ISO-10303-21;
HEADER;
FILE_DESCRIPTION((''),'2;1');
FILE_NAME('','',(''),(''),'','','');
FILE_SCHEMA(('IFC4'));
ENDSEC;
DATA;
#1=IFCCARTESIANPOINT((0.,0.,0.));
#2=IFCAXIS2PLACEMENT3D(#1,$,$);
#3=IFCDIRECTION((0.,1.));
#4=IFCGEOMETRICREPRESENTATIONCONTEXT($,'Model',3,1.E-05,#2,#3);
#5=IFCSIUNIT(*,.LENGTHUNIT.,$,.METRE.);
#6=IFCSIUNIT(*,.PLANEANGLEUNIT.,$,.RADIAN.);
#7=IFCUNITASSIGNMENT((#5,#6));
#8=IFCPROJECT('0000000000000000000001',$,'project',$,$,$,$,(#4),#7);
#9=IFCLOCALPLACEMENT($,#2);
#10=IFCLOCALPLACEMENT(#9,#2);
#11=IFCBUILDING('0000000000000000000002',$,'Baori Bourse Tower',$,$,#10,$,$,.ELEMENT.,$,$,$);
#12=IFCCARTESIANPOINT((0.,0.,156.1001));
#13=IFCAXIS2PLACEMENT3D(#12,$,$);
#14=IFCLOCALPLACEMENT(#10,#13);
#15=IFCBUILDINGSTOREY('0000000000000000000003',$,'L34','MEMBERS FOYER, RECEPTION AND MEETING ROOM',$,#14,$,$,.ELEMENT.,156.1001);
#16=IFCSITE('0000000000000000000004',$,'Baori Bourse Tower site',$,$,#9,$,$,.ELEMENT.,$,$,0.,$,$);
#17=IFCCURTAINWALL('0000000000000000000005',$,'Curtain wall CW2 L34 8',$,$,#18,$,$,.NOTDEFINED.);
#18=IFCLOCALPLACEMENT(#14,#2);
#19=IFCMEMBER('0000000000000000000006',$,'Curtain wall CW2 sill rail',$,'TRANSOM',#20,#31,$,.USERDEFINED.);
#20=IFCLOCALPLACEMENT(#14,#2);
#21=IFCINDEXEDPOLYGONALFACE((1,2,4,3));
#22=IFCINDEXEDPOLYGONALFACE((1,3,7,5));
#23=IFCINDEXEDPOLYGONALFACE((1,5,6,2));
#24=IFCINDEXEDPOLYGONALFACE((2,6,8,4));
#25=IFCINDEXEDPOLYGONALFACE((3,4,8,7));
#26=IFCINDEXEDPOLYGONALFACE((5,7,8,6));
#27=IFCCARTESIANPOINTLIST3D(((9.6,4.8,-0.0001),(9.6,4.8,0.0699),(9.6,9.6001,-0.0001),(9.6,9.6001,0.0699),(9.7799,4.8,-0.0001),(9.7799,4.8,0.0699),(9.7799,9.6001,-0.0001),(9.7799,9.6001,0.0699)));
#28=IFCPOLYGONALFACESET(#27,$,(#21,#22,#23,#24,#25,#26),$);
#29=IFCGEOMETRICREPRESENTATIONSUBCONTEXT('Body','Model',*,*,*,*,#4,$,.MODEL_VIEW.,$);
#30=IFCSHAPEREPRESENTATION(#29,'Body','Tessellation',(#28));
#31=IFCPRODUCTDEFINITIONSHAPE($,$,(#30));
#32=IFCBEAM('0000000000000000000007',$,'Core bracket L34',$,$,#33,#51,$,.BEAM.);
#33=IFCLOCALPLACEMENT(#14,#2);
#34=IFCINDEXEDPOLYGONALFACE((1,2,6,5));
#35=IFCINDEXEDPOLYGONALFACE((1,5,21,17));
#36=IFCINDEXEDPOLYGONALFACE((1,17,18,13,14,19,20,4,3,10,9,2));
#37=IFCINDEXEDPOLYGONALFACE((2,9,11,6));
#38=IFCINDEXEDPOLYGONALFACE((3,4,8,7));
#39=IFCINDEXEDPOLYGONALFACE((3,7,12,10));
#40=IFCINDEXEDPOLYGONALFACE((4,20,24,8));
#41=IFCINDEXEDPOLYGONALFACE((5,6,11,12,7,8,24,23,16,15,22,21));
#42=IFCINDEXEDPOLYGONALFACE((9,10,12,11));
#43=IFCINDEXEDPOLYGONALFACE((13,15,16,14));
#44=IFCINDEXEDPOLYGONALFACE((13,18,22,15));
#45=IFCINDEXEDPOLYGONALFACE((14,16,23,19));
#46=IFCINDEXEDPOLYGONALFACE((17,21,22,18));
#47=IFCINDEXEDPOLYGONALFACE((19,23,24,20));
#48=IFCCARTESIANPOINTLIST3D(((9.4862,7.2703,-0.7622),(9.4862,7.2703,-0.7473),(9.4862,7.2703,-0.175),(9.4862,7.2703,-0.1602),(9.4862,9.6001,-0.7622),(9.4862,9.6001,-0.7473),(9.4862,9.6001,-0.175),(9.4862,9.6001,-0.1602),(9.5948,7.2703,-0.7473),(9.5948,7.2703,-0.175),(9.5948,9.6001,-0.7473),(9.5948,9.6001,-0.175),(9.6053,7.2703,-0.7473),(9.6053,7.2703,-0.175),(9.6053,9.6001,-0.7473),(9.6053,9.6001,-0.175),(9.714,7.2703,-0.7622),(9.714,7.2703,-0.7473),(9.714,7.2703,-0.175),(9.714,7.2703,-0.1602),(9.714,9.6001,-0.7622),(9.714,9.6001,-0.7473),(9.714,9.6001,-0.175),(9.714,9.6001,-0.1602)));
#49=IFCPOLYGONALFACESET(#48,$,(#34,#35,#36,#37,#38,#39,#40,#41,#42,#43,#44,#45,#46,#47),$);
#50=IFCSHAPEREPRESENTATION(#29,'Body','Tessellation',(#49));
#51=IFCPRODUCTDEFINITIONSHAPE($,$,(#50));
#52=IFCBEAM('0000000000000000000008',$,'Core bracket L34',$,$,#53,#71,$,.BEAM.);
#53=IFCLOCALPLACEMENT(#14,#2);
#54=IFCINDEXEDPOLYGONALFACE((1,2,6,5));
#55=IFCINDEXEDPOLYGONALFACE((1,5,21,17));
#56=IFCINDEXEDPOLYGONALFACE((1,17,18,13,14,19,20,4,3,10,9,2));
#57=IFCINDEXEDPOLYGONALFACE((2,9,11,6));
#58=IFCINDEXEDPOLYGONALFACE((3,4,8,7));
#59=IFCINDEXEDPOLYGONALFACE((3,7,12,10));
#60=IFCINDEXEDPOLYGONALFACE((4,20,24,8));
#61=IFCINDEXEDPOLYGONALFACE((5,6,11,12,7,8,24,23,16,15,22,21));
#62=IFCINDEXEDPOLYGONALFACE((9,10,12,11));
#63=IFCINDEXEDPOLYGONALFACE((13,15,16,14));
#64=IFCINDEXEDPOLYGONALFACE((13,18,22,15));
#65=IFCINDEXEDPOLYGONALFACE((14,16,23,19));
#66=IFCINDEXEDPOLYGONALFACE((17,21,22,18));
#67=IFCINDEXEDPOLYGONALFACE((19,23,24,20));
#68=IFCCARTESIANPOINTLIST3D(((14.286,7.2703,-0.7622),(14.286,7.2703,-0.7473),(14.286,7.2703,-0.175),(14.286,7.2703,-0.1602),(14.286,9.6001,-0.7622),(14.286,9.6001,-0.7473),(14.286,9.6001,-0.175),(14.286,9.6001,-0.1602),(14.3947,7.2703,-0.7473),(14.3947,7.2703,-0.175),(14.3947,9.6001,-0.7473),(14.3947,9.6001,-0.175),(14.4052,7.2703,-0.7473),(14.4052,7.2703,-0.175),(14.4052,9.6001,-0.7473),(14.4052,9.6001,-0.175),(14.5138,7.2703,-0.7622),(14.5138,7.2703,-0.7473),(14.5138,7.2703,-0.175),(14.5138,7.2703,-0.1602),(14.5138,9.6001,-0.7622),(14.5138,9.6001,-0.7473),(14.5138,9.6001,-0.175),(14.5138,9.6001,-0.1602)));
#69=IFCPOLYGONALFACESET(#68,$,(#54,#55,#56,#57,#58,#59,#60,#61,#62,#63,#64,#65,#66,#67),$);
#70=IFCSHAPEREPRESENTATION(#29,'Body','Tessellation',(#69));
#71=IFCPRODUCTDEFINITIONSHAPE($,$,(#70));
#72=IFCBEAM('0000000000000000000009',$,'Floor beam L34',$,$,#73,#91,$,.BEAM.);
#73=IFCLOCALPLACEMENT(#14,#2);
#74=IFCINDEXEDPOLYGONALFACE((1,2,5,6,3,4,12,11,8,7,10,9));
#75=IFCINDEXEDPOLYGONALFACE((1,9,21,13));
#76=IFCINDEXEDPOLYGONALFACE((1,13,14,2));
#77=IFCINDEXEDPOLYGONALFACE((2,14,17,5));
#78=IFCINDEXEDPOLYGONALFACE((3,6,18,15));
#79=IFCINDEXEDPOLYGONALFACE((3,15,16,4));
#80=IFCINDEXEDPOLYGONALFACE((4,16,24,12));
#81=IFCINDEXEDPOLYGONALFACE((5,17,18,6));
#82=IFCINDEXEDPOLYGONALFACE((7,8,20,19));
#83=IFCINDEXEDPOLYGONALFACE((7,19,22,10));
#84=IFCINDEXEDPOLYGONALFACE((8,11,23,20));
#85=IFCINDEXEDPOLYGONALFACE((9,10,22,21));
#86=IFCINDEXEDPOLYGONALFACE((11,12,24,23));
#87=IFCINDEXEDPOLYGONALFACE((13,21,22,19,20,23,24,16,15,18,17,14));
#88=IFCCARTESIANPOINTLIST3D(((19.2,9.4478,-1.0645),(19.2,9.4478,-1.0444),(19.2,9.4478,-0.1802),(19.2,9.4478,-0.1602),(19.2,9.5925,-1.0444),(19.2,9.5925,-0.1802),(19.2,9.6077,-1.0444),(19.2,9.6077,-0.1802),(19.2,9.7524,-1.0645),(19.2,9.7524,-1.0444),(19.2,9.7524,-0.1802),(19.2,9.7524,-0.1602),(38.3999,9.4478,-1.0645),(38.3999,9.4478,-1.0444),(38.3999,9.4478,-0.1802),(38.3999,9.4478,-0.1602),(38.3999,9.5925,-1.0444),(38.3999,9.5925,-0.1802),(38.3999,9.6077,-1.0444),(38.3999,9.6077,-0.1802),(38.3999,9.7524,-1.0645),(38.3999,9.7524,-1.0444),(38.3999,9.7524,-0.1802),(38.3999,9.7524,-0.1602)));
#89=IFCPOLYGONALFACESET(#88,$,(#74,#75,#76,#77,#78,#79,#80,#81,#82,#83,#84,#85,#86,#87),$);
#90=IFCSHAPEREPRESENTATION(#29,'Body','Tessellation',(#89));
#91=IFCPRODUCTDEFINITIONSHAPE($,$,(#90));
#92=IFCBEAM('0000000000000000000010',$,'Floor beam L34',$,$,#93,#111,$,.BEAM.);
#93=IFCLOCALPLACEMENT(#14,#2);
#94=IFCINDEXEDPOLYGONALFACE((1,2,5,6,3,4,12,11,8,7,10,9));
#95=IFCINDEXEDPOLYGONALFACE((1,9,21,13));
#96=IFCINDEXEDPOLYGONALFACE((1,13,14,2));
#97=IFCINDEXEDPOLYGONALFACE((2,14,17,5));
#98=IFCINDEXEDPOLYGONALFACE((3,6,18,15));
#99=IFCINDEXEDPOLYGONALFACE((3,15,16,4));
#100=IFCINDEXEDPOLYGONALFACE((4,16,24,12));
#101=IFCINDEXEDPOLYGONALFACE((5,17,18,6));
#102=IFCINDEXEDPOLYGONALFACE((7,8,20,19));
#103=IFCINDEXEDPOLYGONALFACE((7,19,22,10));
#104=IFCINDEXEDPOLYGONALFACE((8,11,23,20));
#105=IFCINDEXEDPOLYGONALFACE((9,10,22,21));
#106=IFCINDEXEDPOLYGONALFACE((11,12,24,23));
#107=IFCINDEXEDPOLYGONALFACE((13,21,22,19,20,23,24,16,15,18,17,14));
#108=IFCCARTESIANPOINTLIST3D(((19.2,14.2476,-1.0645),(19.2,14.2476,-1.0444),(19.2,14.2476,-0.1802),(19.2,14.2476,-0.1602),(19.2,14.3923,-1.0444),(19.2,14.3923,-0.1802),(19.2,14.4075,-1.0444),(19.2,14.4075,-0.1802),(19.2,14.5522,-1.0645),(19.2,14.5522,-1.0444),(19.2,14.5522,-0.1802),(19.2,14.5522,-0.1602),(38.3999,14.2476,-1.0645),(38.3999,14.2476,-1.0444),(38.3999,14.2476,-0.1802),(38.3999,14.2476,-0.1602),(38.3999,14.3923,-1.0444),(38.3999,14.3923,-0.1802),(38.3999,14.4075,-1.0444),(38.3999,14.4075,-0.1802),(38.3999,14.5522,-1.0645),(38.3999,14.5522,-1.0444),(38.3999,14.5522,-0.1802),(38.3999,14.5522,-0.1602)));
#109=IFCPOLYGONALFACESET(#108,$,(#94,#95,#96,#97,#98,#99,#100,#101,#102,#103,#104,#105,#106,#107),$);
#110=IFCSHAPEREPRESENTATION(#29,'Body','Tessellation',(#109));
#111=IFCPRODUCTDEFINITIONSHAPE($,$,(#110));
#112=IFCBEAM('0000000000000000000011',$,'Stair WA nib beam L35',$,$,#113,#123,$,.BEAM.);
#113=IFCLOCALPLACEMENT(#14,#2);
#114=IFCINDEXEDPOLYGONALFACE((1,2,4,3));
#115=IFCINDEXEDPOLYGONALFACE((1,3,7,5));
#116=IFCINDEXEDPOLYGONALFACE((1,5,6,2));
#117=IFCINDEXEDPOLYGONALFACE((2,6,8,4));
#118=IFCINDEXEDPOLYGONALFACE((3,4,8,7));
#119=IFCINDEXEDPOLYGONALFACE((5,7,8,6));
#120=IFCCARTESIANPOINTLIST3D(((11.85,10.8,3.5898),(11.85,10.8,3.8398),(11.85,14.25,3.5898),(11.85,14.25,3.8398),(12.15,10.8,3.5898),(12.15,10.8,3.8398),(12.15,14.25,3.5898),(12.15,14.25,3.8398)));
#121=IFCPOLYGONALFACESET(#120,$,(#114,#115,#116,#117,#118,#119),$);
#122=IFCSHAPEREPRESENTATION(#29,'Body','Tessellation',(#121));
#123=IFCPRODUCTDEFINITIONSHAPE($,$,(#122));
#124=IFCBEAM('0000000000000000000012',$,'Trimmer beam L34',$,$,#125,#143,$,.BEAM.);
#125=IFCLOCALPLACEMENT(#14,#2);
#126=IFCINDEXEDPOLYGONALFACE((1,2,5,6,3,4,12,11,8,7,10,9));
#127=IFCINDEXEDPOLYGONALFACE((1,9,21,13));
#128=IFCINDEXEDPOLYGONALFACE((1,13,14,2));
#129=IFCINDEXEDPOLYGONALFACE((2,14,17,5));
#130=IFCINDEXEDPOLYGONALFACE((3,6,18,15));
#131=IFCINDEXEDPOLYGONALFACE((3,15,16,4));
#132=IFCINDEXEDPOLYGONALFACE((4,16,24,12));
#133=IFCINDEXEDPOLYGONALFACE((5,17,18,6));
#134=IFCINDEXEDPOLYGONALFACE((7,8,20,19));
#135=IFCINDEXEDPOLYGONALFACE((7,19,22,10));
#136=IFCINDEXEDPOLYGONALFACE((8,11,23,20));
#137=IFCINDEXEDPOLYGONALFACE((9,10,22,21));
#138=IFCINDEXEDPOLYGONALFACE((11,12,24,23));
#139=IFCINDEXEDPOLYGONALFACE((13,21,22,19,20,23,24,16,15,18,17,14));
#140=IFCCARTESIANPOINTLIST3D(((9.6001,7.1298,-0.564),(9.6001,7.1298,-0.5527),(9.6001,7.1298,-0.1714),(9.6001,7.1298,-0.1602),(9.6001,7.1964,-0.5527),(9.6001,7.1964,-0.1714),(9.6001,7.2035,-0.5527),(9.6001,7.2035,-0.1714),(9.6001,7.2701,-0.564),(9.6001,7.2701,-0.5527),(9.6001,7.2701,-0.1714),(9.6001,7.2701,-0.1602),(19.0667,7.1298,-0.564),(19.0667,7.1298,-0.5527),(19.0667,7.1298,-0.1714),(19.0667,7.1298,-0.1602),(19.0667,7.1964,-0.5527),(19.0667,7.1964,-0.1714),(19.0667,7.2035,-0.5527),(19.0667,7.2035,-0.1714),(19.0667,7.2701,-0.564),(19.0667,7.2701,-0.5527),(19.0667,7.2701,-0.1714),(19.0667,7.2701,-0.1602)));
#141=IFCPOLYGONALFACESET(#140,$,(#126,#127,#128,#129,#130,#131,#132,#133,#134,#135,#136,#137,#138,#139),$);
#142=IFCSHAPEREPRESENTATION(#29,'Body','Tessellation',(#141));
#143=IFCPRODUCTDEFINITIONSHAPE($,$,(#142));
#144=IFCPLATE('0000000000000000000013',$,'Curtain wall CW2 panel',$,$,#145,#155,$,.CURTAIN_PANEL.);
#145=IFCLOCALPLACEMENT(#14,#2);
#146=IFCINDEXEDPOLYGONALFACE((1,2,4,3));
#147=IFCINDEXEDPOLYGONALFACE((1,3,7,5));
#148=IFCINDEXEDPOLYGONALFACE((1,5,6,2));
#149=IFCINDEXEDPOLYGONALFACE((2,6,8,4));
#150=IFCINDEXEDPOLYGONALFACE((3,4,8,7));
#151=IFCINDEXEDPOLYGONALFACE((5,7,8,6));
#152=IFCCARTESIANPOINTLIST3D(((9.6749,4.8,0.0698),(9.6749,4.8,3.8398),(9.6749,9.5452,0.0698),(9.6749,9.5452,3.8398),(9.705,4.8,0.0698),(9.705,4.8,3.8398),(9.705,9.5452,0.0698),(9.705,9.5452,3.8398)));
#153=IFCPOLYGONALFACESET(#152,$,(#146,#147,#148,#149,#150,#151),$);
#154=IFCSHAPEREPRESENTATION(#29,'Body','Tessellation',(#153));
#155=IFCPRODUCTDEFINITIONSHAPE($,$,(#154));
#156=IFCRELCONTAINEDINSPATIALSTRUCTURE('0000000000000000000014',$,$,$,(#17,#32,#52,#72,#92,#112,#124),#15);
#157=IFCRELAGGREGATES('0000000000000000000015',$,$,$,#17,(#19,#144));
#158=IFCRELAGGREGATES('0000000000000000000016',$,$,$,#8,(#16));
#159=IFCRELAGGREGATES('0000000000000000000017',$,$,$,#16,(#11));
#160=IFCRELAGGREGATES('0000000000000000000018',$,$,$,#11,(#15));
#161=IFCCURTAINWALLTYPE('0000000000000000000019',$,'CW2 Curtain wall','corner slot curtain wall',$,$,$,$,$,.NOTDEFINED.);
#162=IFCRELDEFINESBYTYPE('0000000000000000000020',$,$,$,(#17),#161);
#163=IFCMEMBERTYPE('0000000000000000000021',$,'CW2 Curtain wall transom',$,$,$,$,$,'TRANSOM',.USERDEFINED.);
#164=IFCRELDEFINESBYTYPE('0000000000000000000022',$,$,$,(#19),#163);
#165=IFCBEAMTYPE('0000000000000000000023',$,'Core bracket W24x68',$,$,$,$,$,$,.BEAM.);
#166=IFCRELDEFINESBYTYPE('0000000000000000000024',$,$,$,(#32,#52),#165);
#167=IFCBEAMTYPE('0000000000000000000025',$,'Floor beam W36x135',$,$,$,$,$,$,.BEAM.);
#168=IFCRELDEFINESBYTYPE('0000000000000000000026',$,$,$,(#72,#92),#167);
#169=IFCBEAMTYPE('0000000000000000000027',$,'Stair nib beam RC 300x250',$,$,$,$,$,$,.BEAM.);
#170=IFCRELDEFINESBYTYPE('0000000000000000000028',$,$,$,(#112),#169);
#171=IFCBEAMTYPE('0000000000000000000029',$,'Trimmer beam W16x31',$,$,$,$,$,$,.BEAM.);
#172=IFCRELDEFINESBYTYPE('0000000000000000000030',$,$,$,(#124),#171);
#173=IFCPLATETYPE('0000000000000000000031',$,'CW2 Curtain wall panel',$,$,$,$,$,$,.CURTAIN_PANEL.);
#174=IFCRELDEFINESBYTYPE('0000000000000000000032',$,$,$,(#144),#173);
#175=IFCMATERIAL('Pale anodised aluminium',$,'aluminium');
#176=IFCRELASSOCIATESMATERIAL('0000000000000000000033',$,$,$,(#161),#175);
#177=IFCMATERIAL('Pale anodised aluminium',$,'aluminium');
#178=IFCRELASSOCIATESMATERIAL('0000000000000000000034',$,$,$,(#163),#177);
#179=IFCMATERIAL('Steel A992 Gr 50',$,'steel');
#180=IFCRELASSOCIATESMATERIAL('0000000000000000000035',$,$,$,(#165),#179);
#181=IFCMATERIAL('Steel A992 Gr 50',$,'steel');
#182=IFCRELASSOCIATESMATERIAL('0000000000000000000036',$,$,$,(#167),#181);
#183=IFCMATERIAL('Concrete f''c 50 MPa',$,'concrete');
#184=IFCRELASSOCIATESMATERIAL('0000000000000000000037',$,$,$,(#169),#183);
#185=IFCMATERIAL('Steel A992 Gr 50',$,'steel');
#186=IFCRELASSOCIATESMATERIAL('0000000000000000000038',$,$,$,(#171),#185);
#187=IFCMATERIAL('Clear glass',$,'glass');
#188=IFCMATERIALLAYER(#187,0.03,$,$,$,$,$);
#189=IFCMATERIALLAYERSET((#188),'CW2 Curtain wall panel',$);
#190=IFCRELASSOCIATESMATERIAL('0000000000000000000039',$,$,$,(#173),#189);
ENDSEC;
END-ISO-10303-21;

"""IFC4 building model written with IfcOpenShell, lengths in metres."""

from ifc_helpers import new_model, si_unit, direction, frame, origin, origin_2d, place, context, subcontext, project, spatial, rectangle, i_section, extrude, material, layer, layer_set, material_profile, profile_set, type_object, element, aggregate, save


model = new_model("IFC4")

# Units and contexts
model_context = context("Model", 3, precision=1e-05, world=origin(), true_north=direction((0.0, 1.0)))
body_context = subcontext(model_context, "Body", "Model", "MODEL_VIEW")
ifc_project = project(units=[si_unit("LENGTHUNIT", "METRE"), si_unit("PLANEANGLEUNIT", "RADIAN")], contexts=[model_context])

# Site, building, storey
site_placement = place(None, origin())
site = spatial("IfcSite", under=ifc_project, at=site_placement, Name="Baori Bourse Tower site", CompositionType="ELEMENT", RefElevation=0.0)
building_placement = place(site_placement, origin())
building = spatial("IfcBuilding", under=site, at=building_placement, Name="Baori Bourse Tower", CompositionType="ELEMENT")
storey_placement = place(building_placement, frame((0.0, 0.0, 156.1001)))
storey = spatial("IfcBuildingStorey", under=building, at=storey_placement, Name="L34", Description="MEMBERS FOYER, RECEPTION AND MEETING ROOM", CompositionType="ELEMENT", Elevation=156.1001)

# Curtain wall, member
ifc_material_1 = material(Name="Pale anodised aluminium", Category="aluminium")
curtain_wall_type = type_object("IfcCurtainWallType", Name="CW2 Curtain wall", Description="corner slot curtain wall", PredefinedType="NOTDEFINED", material=ifc_material_1)
curtain_wall_placement = place(storey_placement, origin())
curtain_wall = element("IfcCurtainWall", 1, at=curtain_wall_placement, inside=storey, type_object=curtain_wall_type, Name="Curtain wall CW2 L34 8", PredefinedType="NOTDEFINED")
ifc_material_2 = material(Name="Pale anodised aluminium", Category="aluminium")
ifc_material_profile_1 = material_profile(ifc_material_2, rectangle(XDim=0.1799, YDim=0.0701, at=origin_2d()), Name="Transom 70x180")
ifc_profile_set_1 = profile_set([ifc_material_profile_1], Name="Pale anodised aluminium")
member_type = type_object("IfcMemberType", Name="CW2 Curtain wall transom", ElementType="TRANSOM", PredefinedType="USERDEFINED", material=ifc_profile_set_1)
member_placement = place(storey_placement, frame((9.6899, 9.6001, 0.0349), z_axis=(0.0, -1.0, 0.0), x_axis=(1.0, 0.0, 0.0)))
member = element("IfcMember", 2, at=member_placement, type_object=member_type, Name="Curtain wall CW2 sill rail", ObjectType="TRANSOM", PredefinedType="USERDEFINED", context=body_context, shape_type="SweptSolid", body=[
    extrude(rectangle(XDim=0.1799, YDim=0.0701, at=origin_2d()), origin(), (0.0, 0.0, 1.0), 4.8),
])

# Beams
ifc_material_3 = material(Name="Steel A992 Gr 50", Category="steel")
ifc_material_profile_2 = material_profile(ifc_material_3, i_section(OverallWidth=0.2278, OverallDepth=0.6021, WebThickness=0.0105, FlangeThickness=0.0149, at=origin_2d()), Name="W24x68")
ifc_profile_set_2 = profile_set([ifc_material_profile_2], Name="Steel A992 Gr 50")
beam_type_1 = type_object("IfcBeamType", Name="Core bracket W24x68", PredefinedType="BEAM", material=ifc_profile_set_2)
for number, where, z_axis, x_axis, name in (
    (3, (9.6001, 7.2703, -0.4612), (0.0, 1.0, 0.0), (-1.0, 0.0, 0.0), "Core bracket L34"),
    (4, (14.3999, 7.2703, -0.4612), (0.0, 1.0, 0.0), (-1.0, 0.0, 0.0), "Core bracket L34"),
):
    element("IfcBeam", number, at=place(storey_placement, frame(where, z_axis=z_axis, x_axis=x_axis)), inside=storey, type_object=beam_type_1, Name=name, PredefinedType="BEAM", context=body_context, shape_type="SweptSolid", body=[
        extrude(i_section(OverallWidth=0.2278, OverallDepth=0.6021, WebThickness=0.0105, FlangeThickness=0.0149, at=origin_2d()), origin(), (0.0, 0.0, 1.0), 2.3298),
    ])
ifc_material_4 = material(Name="Steel A992 Gr 50", Category="steel")
ifc_material_profile_3 = material_profile(ifc_material_4, i_section(OverallWidth=0.3047, OverallDepth=0.9043, WebThickness=0.0151, FlangeThickness=0.02, at=origin_2d()), Name="W36x135")
ifc_profile_set_3 = profile_set([ifc_material_profile_3], Name="Steel A992 Gr 50")
beam_type_2 = type_object("IfcBeamType", Name="Floor beam W36x135", PredefinedType="BEAM", material=ifc_profile_set_3)
for number, where, z_axis, x_axis, name in (
    (5, (19.2, 9.6001, -0.6123), (1.0, 0.0, 0.0), (0.0, 1.0, 0.0), "Floor beam L34"),
    (6, (19.2, 14.3999, -0.6123), (1.0, 0.0, 0.0), (0.0, 1.0, 0.0), "Floor beam L34"),
):
    element("IfcBeam", number, at=place(storey_placement, frame(where, z_axis=z_axis, x_axis=x_axis)), inside=storey, type_object=beam_type_2, Name=name, PredefinedType="BEAM", context=body_context, shape_type="SweptSolid", body=[
        extrude(i_section(OverallWidth=0.3047, OverallDepth=0.9043, WebThickness=0.0151, FlangeThickness=0.02, at=origin_2d()), origin(), (0.0, 0.0, 1.0), 19.2),
    ])
ifc_material_5 = material(Name="Concrete f'c 50 MPa", Category="concrete")
ifc_material_profile_4 = material_profile(ifc_material_5, rectangle(XDim=0.3, YDim=0.25, at=origin_2d()), Name="RC 300x250")
ifc_profile_set_4 = profile_set([ifc_material_profile_4], Name="Concrete f'c 50 MPa")
beam_type_3 = type_object("IfcBeamType", Name="Stair nib beam RC 300x250", PredefinedType="BEAM", material=ifc_profile_set_4)
beam_1_placement = place(storey_placement, frame((12.0, 10.8, 3.7148), z_axis=(0.0, 1.0, 0.0), x_axis=(-1.0, 0.0, 0.0)))
element("IfcBeam", 7, at=beam_1_placement, inside=storey, type_object=beam_type_3, Name="Stair WA nib beam L35", PredefinedType="BEAM", context=body_context, shape_type="SweptSolid", body=[
    extrude(rectangle(XDim=0.3, YDim=0.25, at=origin_2d()), origin(), (0.0, 0.0, 1.0), 3.45),
])
ifc_material_6 = material(Name="Steel A992 Gr 50", Category="steel")
ifc_material_profile_5 = material_profile(ifc_material_6, i_section(OverallWidth=0.1404, OverallDepth=0.4038, WebThickness=0.0071, FlangeThickness=0.0112, at=origin_2d()), Name="W16x31")
ifc_profile_set_5 = profile_set([ifc_material_profile_5], Name="Steel A992 Gr 50")
beam_type_4 = type_object("IfcBeamType", Name="Trimmer beam W16x31", PredefinedType="BEAM", material=ifc_profile_set_5)
beam_2_placement = place(storey_placement, frame((9.6001, 7.2, -0.3621), z_axis=(1.0, 0.0, 0.0), x_axis=(0.0, 1.0, 0.0)))
element("IfcBeam", 8, at=beam_2_placement, inside=storey, type_object=beam_type_4, Name="Trimmer beam L34", PredefinedType="BEAM", context=body_context, shape_type="SweptSolid", body=[
    extrude(i_section(OverallWidth=0.1404, OverallDepth=0.4038, WebThickness=0.0071, FlangeThickness=0.0112, at=origin_2d()), origin(), (0.0, 0.0, 1.0), 9.4666),
])

# Plate
ifc_material_7 = material(Name="Clear glass", Category="glass")
ifc_layer_1 = layer(ifc_material_7, 0.03)
ifc_layer_set_1 = layer_set([ifc_layer_1], Name="CW2 Curtain wall panel")
plate_type = type_object("IfcPlateType", Name="CW2 Curtain wall panel", PredefinedType="CURTAIN_PANEL", material=ifc_layer_set_1)
plate_placement = place(storey_placement, frame((9.6899, 7.1726, 0.0698), z_axis=(0.0, 0.0, 1.0), x_axis=(0.0, -1.0, 0.0)))
plate = element("IfcPlate", 9, at=plate_placement, type_object=plate_type, Name="Curtain wall CW2 panel", PredefinedType="CURTAIN_PANEL", context=body_context, shape_type="SweptSolid", body=[
    extrude(rectangle(XDim=4.7451, YDim=0.03, at=origin_2d()), origin(), (0.0, 0.0, 1.0), 3.77),
])
aggregate(curtain_wall, [member, plate])

save(model, "model.ifc")
